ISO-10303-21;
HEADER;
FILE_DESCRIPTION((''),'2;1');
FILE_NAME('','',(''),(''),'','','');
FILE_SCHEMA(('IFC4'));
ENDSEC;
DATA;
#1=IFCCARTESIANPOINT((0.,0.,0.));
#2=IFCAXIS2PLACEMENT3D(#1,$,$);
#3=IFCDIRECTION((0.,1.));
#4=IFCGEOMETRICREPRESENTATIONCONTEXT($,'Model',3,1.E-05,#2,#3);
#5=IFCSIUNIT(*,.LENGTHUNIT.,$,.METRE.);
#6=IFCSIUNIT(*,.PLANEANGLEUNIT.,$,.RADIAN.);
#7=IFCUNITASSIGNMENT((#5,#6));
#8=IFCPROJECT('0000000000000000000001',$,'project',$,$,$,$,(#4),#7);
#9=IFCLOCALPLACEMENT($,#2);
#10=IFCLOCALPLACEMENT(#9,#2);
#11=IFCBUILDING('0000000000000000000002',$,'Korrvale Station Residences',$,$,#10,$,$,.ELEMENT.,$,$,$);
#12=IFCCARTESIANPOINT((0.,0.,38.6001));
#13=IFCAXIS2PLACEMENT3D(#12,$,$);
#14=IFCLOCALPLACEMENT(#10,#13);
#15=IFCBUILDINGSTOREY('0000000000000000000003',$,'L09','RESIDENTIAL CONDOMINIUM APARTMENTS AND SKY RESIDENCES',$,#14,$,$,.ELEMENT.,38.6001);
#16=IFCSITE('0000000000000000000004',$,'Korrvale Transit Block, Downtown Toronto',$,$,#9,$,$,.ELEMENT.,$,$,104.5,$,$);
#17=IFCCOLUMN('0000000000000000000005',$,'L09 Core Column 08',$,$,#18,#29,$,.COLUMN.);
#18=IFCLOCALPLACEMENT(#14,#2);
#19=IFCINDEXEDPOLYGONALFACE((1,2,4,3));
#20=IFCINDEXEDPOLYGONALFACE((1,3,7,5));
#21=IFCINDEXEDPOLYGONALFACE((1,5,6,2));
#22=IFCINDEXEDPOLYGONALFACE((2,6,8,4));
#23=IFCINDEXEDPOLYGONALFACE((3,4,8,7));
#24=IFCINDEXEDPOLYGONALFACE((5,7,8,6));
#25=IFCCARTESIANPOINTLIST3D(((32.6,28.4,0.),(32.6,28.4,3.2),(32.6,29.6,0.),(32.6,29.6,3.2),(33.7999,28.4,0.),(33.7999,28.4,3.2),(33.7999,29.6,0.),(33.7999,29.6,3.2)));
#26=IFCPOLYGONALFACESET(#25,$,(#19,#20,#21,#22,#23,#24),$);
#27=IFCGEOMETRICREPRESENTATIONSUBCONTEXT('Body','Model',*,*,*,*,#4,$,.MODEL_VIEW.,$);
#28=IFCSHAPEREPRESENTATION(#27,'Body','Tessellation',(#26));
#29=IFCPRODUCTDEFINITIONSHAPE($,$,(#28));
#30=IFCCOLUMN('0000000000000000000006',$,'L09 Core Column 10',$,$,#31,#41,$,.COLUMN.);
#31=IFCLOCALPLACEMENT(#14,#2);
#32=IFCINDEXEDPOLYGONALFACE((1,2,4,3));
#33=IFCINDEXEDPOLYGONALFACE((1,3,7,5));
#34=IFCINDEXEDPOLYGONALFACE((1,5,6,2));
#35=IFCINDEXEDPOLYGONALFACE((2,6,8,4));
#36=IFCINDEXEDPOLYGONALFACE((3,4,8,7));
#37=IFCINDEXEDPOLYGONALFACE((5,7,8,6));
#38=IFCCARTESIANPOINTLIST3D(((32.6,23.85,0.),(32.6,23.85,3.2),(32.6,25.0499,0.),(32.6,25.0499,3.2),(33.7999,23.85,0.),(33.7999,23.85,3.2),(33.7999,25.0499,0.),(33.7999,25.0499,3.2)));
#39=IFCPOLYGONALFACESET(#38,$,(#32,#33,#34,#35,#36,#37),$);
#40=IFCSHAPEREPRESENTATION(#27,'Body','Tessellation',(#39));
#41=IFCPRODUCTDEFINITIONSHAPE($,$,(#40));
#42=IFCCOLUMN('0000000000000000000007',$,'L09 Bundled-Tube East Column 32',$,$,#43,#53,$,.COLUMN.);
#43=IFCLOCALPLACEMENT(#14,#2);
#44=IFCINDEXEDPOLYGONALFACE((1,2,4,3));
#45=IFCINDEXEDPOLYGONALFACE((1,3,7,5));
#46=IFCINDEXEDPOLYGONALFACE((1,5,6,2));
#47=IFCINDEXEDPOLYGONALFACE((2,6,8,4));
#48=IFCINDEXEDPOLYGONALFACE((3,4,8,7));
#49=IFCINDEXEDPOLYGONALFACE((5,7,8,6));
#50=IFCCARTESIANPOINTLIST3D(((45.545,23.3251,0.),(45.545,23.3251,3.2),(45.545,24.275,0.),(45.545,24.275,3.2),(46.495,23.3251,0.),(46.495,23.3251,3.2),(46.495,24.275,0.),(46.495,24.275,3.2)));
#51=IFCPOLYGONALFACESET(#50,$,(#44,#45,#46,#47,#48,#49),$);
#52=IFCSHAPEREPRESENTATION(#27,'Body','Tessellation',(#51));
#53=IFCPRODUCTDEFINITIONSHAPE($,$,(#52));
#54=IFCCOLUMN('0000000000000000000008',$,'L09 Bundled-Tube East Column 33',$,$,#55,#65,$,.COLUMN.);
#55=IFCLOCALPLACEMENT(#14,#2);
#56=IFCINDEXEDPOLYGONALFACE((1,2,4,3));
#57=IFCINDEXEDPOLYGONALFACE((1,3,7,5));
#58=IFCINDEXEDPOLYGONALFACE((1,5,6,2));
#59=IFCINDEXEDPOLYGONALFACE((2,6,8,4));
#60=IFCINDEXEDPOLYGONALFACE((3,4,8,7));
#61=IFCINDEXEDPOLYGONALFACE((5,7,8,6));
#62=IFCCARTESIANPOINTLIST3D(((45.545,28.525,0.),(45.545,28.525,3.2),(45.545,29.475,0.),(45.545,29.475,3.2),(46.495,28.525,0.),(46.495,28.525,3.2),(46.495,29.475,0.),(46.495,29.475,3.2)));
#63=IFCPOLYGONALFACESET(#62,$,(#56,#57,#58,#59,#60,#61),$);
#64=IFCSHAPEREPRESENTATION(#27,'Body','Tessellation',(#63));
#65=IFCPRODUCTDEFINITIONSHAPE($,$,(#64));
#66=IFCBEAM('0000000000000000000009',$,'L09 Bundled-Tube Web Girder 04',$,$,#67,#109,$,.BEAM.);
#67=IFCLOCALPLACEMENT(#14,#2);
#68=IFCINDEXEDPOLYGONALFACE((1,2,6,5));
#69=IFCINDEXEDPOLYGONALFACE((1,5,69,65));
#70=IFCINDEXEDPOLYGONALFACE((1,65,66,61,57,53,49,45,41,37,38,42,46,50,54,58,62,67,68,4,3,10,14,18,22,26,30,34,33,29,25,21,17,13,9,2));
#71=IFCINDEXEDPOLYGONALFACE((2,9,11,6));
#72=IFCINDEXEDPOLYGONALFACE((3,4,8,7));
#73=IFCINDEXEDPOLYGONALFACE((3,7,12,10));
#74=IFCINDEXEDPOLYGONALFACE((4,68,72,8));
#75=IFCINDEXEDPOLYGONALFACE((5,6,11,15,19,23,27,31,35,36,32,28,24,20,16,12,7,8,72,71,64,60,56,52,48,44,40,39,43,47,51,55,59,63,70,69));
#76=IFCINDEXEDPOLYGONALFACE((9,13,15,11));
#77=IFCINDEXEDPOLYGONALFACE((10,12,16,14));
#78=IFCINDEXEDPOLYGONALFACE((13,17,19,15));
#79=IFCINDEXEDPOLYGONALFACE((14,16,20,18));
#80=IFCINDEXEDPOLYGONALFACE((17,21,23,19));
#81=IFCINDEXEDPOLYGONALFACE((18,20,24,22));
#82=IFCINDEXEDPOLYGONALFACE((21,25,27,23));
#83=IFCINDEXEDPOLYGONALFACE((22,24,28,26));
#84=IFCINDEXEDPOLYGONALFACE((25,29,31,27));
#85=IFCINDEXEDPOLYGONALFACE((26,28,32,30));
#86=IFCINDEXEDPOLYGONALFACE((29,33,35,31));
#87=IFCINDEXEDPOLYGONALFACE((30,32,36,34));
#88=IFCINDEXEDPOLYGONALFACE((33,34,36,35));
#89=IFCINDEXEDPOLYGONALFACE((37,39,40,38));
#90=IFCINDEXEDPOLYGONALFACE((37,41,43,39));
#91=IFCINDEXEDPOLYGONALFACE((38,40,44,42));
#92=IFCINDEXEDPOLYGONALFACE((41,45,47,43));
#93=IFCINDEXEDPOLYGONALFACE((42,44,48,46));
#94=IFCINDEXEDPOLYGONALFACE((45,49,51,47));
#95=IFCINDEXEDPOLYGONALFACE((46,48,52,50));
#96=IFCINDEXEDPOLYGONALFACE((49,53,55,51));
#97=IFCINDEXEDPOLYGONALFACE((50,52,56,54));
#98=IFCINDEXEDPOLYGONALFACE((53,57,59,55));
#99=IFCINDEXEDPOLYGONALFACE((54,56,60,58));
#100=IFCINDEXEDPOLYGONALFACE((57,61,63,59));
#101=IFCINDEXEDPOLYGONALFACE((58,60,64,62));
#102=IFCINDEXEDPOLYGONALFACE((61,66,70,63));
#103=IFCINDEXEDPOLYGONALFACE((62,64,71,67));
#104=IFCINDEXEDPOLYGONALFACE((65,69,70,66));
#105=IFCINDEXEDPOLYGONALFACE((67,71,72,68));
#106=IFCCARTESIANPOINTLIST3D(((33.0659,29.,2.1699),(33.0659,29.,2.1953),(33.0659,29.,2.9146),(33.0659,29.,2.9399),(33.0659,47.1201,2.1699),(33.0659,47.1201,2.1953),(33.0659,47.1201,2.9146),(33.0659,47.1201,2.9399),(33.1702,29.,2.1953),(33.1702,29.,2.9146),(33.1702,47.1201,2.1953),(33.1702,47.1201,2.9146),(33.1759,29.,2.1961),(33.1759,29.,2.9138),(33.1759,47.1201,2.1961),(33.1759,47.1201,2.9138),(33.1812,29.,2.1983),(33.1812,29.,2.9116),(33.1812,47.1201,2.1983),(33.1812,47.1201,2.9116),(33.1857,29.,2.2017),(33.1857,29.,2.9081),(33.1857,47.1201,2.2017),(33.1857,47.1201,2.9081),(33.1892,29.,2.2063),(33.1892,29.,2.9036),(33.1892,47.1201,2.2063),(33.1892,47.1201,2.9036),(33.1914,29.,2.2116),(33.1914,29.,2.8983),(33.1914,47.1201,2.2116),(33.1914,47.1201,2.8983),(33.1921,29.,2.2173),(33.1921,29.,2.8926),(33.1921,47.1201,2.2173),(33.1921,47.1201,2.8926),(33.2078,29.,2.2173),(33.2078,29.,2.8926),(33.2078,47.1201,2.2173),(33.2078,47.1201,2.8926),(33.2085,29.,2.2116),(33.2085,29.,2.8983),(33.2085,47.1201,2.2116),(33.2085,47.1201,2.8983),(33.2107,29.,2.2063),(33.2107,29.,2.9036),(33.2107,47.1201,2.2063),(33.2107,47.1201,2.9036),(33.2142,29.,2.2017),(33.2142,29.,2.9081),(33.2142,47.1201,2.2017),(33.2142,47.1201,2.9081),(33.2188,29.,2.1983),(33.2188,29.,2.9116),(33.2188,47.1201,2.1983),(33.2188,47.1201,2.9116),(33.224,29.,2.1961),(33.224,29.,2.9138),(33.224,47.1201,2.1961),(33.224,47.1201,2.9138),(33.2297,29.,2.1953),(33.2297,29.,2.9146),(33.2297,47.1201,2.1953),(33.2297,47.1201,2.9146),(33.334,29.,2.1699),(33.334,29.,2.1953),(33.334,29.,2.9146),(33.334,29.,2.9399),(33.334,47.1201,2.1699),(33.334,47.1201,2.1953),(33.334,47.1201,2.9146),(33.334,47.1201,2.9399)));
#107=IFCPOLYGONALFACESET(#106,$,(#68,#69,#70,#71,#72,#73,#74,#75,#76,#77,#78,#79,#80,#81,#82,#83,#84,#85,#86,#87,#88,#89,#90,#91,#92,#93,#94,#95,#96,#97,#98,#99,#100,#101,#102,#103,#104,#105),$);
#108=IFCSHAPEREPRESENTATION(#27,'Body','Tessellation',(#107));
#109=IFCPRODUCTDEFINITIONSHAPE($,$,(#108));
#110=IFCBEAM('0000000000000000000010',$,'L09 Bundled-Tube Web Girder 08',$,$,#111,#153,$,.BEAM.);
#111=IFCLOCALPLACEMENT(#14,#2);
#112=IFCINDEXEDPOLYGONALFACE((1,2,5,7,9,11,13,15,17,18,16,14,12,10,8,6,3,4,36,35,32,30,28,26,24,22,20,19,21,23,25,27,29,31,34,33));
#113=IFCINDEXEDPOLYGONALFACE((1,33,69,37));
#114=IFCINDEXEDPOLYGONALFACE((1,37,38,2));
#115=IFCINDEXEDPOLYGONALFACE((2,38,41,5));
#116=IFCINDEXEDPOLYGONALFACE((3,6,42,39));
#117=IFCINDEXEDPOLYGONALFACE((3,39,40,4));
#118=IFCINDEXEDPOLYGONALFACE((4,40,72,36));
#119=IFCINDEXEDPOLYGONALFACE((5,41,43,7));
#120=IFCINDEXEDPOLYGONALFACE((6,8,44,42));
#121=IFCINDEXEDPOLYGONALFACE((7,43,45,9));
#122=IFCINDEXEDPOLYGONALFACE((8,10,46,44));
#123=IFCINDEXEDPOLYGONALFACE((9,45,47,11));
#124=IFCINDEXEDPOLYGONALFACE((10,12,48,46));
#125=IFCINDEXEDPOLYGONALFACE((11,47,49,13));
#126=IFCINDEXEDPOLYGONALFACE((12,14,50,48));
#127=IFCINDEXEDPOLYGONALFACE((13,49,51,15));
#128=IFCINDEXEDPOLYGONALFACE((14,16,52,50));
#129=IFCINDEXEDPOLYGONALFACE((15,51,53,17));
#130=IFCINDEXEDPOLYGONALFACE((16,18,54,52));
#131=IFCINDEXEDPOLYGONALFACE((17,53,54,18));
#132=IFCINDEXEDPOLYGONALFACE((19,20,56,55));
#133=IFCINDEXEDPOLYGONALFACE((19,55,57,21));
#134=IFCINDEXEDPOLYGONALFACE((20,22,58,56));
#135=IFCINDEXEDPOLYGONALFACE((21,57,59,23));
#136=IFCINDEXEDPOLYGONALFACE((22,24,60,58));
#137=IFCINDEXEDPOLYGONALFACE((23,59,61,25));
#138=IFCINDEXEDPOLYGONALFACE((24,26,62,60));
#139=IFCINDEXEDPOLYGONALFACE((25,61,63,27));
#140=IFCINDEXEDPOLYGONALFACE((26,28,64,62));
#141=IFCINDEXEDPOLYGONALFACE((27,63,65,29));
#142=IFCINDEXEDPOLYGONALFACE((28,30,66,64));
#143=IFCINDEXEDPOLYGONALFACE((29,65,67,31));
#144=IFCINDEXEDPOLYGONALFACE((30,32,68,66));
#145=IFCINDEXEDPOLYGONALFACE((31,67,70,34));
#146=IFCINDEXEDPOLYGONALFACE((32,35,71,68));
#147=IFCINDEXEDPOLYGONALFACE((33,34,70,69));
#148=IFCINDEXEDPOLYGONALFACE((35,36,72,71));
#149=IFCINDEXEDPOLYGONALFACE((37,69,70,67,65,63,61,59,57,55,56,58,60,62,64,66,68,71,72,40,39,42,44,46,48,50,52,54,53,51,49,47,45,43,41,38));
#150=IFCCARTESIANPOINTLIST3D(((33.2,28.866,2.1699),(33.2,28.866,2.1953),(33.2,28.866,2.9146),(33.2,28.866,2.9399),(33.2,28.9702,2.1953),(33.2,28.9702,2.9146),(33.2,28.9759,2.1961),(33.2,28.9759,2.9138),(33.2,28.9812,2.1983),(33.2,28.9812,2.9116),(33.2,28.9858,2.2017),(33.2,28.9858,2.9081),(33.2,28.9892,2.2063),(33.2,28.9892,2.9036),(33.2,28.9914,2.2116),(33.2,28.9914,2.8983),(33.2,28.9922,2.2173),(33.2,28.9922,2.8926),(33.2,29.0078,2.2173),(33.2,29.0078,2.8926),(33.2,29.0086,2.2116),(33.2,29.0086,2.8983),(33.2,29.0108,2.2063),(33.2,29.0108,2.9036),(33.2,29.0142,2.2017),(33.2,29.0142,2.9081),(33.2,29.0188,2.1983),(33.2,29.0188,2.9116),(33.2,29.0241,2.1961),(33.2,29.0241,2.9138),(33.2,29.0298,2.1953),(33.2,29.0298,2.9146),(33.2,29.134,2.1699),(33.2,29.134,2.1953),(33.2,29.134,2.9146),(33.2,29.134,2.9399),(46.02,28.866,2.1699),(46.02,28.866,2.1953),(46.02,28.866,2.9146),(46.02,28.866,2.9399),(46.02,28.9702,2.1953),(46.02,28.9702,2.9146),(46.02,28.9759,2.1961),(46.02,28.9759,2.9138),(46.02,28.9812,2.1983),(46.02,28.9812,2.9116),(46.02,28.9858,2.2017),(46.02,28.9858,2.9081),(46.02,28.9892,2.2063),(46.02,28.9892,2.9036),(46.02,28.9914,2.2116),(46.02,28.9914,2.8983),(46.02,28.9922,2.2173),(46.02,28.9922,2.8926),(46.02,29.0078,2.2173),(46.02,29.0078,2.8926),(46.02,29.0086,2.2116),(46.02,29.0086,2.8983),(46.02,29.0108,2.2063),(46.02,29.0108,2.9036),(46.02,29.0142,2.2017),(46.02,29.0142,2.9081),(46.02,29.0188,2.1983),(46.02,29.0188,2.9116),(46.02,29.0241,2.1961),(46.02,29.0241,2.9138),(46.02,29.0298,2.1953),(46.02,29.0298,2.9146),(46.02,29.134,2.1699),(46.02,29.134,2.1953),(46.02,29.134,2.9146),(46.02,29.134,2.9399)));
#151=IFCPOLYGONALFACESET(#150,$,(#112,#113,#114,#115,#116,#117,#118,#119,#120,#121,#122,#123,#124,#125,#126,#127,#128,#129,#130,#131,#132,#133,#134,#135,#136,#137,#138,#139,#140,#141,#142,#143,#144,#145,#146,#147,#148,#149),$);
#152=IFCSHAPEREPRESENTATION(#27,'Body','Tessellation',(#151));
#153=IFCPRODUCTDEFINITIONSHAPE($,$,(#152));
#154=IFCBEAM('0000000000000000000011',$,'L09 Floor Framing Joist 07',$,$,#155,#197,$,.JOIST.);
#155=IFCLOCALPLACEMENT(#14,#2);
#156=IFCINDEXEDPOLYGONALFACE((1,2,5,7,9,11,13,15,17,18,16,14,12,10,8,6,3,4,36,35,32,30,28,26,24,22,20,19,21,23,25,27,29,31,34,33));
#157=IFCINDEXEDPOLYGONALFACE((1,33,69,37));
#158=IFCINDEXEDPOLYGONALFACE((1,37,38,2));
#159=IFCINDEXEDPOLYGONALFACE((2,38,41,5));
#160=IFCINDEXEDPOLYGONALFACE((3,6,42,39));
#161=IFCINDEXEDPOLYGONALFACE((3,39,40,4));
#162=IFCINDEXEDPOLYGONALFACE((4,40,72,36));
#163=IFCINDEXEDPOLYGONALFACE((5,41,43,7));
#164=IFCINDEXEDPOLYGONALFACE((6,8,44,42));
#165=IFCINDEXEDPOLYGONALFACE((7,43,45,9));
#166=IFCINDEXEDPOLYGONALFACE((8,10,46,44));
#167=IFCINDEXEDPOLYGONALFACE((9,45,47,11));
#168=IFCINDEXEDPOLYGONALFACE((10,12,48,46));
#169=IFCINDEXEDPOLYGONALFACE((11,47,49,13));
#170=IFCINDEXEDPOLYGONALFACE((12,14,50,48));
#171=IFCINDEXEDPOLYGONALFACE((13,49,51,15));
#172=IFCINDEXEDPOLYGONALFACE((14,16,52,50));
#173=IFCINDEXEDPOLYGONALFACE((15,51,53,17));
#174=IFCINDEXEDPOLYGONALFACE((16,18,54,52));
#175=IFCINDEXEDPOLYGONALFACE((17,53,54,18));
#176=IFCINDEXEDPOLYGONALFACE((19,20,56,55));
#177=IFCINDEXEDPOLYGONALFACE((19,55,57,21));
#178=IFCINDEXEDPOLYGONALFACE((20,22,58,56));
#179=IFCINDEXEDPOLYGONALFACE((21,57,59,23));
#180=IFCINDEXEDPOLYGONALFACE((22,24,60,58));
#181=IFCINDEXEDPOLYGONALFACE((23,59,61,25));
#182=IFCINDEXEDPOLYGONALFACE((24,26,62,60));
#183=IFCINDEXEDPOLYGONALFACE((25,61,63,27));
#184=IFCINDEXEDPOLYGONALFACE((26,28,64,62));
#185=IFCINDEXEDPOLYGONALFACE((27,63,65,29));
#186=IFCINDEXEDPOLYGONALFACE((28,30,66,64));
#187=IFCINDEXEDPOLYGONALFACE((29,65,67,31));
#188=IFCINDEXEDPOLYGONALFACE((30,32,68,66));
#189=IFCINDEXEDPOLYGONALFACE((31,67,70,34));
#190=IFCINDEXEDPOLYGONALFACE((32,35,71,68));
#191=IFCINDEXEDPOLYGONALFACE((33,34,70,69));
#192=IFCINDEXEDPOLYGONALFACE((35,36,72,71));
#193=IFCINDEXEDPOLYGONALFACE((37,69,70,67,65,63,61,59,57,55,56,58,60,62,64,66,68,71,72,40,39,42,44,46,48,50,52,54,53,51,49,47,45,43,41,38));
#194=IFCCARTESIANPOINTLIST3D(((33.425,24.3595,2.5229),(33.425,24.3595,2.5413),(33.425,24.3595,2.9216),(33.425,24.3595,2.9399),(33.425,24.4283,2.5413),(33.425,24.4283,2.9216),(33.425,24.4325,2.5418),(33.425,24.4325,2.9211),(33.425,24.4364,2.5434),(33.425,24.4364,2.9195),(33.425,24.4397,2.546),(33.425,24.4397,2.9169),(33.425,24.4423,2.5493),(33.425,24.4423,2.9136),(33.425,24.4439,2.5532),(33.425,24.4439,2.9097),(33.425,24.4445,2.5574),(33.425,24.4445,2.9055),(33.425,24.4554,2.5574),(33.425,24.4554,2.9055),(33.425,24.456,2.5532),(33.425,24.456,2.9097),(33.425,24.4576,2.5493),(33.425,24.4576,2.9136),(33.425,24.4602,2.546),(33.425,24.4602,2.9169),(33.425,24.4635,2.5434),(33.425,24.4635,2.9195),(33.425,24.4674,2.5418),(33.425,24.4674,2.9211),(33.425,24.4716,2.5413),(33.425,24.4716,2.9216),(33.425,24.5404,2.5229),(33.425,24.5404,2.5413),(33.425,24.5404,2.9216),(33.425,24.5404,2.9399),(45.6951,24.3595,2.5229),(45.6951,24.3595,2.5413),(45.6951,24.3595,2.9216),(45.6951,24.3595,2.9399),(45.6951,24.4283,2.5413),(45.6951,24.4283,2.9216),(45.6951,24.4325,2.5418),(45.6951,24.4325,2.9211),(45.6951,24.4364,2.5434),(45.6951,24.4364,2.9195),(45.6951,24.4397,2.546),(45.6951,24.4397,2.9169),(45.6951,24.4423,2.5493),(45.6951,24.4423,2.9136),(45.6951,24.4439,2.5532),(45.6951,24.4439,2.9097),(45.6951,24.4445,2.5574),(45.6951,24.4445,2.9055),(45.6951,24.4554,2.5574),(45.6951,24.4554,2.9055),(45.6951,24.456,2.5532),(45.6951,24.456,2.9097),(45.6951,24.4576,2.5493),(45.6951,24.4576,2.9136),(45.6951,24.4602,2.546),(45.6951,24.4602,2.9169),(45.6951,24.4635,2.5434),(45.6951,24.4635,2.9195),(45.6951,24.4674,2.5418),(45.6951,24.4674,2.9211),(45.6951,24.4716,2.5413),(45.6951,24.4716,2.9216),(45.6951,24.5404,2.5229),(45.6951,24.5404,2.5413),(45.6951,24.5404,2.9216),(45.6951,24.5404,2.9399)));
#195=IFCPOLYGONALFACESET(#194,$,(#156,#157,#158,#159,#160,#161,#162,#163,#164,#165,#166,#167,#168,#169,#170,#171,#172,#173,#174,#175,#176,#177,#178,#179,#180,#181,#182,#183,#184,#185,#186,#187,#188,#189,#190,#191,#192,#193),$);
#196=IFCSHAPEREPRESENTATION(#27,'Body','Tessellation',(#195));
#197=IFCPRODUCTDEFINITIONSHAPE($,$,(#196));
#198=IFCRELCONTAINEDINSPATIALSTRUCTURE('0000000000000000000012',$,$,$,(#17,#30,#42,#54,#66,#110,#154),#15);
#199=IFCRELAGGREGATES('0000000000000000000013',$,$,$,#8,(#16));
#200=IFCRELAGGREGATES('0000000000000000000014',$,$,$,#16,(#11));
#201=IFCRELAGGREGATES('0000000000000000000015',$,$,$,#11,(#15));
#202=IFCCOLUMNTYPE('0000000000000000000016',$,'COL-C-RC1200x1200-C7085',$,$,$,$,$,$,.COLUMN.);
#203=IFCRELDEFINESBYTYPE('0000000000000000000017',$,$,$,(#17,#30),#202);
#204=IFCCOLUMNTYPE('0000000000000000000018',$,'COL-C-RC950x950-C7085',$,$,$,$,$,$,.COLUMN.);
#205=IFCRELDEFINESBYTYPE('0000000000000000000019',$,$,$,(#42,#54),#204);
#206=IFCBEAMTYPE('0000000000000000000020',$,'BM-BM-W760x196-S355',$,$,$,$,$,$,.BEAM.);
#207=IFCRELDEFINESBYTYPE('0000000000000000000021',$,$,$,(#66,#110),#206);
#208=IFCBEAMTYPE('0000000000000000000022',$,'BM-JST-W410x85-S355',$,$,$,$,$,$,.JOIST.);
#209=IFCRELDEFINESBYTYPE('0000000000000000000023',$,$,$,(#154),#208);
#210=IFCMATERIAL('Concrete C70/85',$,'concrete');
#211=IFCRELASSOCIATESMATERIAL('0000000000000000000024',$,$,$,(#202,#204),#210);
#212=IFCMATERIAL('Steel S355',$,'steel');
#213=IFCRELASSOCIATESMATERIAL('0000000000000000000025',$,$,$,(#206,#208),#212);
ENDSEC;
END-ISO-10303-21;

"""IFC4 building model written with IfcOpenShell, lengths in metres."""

from ifc_helpers import new_model, si_unit, direction, frame, origin, origin_2d, place, context, subcontext, project, spatial, rectangle, i_section, extrude, material, material_profile, profile_set, type_object, element, save


model = new_model("IFC4")

# Units and contexts
model_context = context("Model", 3, precision=1e-05, world=origin(), true_north=direction((0.0, 1.0)))
body_context = subcontext(model_context, "Body", "Model", "MODEL_VIEW")
ifc_project = project(units=[si_unit("LENGTHUNIT", "METRE"), si_unit("PLANEANGLEUNIT", "RADIAN")], contexts=[model_context])

# Site, building, storey
site_placement = place(None, origin())
site = spatial("IfcSite", under=ifc_project, at=site_placement, Name="Korrvale Transit Block, Downtown Toronto", CompositionType="ELEMENT", RefElevation=104.5)
building_placement = place(site_placement, origin())
building = spatial("IfcBuilding", under=site, at=building_placement, Name="Korrvale Station Residences", CompositionType="ELEMENT")
storey_placement = place(building_placement, frame((0.0, 0.0, 38.6001)))
storey = spatial("IfcBuildingStorey", under=building, at=storey_placement, Name="L09", Description="RESIDENTIAL CONDOMINIUM APARTMENTS AND SKY RESIDENCES", CompositionType="ELEMENT", Elevation=38.6001)

# Columns
ifc_material_1 = material(Name="Concrete C70/85", Category="concrete")
ifc_material_profile_1 = material_profile(ifc_material_1, rectangle(XDim=1.2, YDim=1.2, at=origin_2d()), Name="RC1200x1200")
ifc_profile_set_1 = profile_set([ifc_material_profile_1], Name="Concrete C70/85")
column_type_1 = type_object("IfcColumnType", Name="COL-C-RC1200x1200-C7085", PredefinedType="COLUMN", material=ifc_profile_set_1)
for number, where, z_axis, x_axis, name in (
    (1, (33.2, 29.0, 0.0), (0.0, 0.0, 1.0), (1.0, 0.0, 0.0), "L09 Core Column 08"),
    (2, (33.2, 24.45, 0.0), (0.0, 0.0, 1.0), (1.0, 0.0, 0.0), "L09 Core Column 10"),
):
    element("IfcColumn", number, at=place(storey_placement, frame(where, z_axis=z_axis, x_axis=x_axis)), inside=storey, type_object=column_type_1, Name=name, PredefinedType="COLUMN", context=body_context, shape_type="SweptSolid", body=[
        extrude(rectangle(XDim=1.2, YDim=1.2, at=origin_2d()), origin(), (0.0, 0.0, 1.0), 3.2),
    ])
ifc_material_profile_2 = material_profile(ifc_material_1, rectangle(XDim=0.95, YDim=0.95, at=origin_2d()), Name="RC950x950")
ifc_profile_set_2 = profile_set([ifc_material_profile_2], Name="Concrete C70/85")
column_type_2 = type_object("IfcColumnType", Name="COL-C-RC950x950-C7085", PredefinedType="COLUMN", material=ifc_profile_set_2)
for number, where, z_axis, x_axis, name in (
    (3, (46.02, 23.8, 0.0), (0.0, 0.0, 1.0), (1.0, 0.0, 0.0), "L09 Bundled-Tube East Column 32"),
    (4, (46.02, 29.0, 0.0), (0.0, 0.0, 1.0), (1.0, 0.0, 0.0), "L09 Bundled-Tube East Column 33"),
):
    element("IfcColumn", number, at=place(storey_placement, frame(where, z_axis=z_axis, x_axis=x_axis)), inside=storey, type_object=column_type_2, Name=name, PredefinedType="COLUMN", context=body_context, shape_type="SweptSolid", body=[
        extrude(rectangle(XDim=0.95, YDim=0.95, at=origin_2d()), origin(), (0.0, 0.0, 1.0), 3.2),
    ])

# Beams
ifc_material_2 = material(Name="Steel S355", Category="steel")
ifc_material_profile_3 = material_profile(ifc_material_2, i_section(OverallWidth=0.2681, OverallDepth=0.77, WebThickness=0.0156, FlangeThickness=0.0254, FilletRadius=0.022, at=origin_2d()), Name="W760x196")
ifc_profile_set_3 = profile_set([ifc_material_profile_3], Name="Steel S355")
beam_type_1 = type_object("IfcBeamType", Name="BM-BM-W760x196-S355", PredefinedType="BEAM", material=ifc_profile_set_3)
beam_1_placement = place(storey_placement, frame((33.2, 29.0, 2.5549), z_axis=(0.0, 1.0, 0.0), x_axis=(-1.0, 0.0, 0.0)))
element("IfcBeam", 5, at=beam_1_placement, inside=storey, type_object=beam_type_1, Name="L09 Bundled-Tube Web Girder 04", PredefinedType="BEAM", context=body_context, shape_type="SweptSolid", body=[
    extrude(i_section(OverallWidth=0.2681, OverallDepth=0.77, WebThickness=0.0156, FlangeThickness=0.0254, FilletRadius=0.022, at=origin_2d()), origin(), (0.0, 0.0, 1.0), 18.1201),
])
beam_2_placement = place(storey_placement, frame((33.2, 29.0, 2.5549), z_axis=(1.0, 0.0, 0.0), x_axis=(0.0, 1.0, 0.0)))
element("IfcBeam", 6, at=beam_2_placement, inside=storey, type_object=beam_type_1, Name="L09 Bundled-Tube Web Girder 08", PredefinedType="BEAM", context=body_context, shape_type="SweptSolid", body=[
    extrude(i_section(OverallWidth=0.2681, OverallDepth=0.77, WebThickness=0.0156, FlangeThickness=0.0254, FilletRadius=0.022, at=origin_2d()), origin(), (0.0, 0.0, 1.0), 12.8201),
])
ifc_material_profile_4 = material_profile(ifc_material_2, i_section(OverallWidth=0.1809, OverallDepth=0.417, WebThickness=0.011, FlangeThickness=0.0183, FilletRadius=0.0161, at=origin_2d()), Name="W410x85")
ifc_profile_set_4 = profile_set([ifc_material_profile_4], Name="Steel S355")
beam_type_2 = type_object("IfcBeamType", Name="BM-JST-W410x85-S355", PredefinedType="JOIST", material=ifc_profile_set_4)
beam_3_placement = place(storey_placement, frame((33.425, 24.45, 2.7314), z_axis=(1.0, 0.0, 0.0), x_axis=(0.0, 1.0, 0.0)))
element("IfcBeam", 7, at=beam_3_placement, inside=storey, type_object=beam_type_2, Name="L09 Floor Framing Joist 07", PredefinedType="JOIST", context=body_context, shape_type="SweptSolid", body=[
    extrude(i_section(OverallWidth=0.1809, OverallDepth=0.417, WebThickness=0.011, FlangeThickness=0.0183, FilletRadius=0.0161, at=origin_2d()), origin(), (0.0, 0.0, 1.0), 12.27),
])

save(model, "model.ifc")
